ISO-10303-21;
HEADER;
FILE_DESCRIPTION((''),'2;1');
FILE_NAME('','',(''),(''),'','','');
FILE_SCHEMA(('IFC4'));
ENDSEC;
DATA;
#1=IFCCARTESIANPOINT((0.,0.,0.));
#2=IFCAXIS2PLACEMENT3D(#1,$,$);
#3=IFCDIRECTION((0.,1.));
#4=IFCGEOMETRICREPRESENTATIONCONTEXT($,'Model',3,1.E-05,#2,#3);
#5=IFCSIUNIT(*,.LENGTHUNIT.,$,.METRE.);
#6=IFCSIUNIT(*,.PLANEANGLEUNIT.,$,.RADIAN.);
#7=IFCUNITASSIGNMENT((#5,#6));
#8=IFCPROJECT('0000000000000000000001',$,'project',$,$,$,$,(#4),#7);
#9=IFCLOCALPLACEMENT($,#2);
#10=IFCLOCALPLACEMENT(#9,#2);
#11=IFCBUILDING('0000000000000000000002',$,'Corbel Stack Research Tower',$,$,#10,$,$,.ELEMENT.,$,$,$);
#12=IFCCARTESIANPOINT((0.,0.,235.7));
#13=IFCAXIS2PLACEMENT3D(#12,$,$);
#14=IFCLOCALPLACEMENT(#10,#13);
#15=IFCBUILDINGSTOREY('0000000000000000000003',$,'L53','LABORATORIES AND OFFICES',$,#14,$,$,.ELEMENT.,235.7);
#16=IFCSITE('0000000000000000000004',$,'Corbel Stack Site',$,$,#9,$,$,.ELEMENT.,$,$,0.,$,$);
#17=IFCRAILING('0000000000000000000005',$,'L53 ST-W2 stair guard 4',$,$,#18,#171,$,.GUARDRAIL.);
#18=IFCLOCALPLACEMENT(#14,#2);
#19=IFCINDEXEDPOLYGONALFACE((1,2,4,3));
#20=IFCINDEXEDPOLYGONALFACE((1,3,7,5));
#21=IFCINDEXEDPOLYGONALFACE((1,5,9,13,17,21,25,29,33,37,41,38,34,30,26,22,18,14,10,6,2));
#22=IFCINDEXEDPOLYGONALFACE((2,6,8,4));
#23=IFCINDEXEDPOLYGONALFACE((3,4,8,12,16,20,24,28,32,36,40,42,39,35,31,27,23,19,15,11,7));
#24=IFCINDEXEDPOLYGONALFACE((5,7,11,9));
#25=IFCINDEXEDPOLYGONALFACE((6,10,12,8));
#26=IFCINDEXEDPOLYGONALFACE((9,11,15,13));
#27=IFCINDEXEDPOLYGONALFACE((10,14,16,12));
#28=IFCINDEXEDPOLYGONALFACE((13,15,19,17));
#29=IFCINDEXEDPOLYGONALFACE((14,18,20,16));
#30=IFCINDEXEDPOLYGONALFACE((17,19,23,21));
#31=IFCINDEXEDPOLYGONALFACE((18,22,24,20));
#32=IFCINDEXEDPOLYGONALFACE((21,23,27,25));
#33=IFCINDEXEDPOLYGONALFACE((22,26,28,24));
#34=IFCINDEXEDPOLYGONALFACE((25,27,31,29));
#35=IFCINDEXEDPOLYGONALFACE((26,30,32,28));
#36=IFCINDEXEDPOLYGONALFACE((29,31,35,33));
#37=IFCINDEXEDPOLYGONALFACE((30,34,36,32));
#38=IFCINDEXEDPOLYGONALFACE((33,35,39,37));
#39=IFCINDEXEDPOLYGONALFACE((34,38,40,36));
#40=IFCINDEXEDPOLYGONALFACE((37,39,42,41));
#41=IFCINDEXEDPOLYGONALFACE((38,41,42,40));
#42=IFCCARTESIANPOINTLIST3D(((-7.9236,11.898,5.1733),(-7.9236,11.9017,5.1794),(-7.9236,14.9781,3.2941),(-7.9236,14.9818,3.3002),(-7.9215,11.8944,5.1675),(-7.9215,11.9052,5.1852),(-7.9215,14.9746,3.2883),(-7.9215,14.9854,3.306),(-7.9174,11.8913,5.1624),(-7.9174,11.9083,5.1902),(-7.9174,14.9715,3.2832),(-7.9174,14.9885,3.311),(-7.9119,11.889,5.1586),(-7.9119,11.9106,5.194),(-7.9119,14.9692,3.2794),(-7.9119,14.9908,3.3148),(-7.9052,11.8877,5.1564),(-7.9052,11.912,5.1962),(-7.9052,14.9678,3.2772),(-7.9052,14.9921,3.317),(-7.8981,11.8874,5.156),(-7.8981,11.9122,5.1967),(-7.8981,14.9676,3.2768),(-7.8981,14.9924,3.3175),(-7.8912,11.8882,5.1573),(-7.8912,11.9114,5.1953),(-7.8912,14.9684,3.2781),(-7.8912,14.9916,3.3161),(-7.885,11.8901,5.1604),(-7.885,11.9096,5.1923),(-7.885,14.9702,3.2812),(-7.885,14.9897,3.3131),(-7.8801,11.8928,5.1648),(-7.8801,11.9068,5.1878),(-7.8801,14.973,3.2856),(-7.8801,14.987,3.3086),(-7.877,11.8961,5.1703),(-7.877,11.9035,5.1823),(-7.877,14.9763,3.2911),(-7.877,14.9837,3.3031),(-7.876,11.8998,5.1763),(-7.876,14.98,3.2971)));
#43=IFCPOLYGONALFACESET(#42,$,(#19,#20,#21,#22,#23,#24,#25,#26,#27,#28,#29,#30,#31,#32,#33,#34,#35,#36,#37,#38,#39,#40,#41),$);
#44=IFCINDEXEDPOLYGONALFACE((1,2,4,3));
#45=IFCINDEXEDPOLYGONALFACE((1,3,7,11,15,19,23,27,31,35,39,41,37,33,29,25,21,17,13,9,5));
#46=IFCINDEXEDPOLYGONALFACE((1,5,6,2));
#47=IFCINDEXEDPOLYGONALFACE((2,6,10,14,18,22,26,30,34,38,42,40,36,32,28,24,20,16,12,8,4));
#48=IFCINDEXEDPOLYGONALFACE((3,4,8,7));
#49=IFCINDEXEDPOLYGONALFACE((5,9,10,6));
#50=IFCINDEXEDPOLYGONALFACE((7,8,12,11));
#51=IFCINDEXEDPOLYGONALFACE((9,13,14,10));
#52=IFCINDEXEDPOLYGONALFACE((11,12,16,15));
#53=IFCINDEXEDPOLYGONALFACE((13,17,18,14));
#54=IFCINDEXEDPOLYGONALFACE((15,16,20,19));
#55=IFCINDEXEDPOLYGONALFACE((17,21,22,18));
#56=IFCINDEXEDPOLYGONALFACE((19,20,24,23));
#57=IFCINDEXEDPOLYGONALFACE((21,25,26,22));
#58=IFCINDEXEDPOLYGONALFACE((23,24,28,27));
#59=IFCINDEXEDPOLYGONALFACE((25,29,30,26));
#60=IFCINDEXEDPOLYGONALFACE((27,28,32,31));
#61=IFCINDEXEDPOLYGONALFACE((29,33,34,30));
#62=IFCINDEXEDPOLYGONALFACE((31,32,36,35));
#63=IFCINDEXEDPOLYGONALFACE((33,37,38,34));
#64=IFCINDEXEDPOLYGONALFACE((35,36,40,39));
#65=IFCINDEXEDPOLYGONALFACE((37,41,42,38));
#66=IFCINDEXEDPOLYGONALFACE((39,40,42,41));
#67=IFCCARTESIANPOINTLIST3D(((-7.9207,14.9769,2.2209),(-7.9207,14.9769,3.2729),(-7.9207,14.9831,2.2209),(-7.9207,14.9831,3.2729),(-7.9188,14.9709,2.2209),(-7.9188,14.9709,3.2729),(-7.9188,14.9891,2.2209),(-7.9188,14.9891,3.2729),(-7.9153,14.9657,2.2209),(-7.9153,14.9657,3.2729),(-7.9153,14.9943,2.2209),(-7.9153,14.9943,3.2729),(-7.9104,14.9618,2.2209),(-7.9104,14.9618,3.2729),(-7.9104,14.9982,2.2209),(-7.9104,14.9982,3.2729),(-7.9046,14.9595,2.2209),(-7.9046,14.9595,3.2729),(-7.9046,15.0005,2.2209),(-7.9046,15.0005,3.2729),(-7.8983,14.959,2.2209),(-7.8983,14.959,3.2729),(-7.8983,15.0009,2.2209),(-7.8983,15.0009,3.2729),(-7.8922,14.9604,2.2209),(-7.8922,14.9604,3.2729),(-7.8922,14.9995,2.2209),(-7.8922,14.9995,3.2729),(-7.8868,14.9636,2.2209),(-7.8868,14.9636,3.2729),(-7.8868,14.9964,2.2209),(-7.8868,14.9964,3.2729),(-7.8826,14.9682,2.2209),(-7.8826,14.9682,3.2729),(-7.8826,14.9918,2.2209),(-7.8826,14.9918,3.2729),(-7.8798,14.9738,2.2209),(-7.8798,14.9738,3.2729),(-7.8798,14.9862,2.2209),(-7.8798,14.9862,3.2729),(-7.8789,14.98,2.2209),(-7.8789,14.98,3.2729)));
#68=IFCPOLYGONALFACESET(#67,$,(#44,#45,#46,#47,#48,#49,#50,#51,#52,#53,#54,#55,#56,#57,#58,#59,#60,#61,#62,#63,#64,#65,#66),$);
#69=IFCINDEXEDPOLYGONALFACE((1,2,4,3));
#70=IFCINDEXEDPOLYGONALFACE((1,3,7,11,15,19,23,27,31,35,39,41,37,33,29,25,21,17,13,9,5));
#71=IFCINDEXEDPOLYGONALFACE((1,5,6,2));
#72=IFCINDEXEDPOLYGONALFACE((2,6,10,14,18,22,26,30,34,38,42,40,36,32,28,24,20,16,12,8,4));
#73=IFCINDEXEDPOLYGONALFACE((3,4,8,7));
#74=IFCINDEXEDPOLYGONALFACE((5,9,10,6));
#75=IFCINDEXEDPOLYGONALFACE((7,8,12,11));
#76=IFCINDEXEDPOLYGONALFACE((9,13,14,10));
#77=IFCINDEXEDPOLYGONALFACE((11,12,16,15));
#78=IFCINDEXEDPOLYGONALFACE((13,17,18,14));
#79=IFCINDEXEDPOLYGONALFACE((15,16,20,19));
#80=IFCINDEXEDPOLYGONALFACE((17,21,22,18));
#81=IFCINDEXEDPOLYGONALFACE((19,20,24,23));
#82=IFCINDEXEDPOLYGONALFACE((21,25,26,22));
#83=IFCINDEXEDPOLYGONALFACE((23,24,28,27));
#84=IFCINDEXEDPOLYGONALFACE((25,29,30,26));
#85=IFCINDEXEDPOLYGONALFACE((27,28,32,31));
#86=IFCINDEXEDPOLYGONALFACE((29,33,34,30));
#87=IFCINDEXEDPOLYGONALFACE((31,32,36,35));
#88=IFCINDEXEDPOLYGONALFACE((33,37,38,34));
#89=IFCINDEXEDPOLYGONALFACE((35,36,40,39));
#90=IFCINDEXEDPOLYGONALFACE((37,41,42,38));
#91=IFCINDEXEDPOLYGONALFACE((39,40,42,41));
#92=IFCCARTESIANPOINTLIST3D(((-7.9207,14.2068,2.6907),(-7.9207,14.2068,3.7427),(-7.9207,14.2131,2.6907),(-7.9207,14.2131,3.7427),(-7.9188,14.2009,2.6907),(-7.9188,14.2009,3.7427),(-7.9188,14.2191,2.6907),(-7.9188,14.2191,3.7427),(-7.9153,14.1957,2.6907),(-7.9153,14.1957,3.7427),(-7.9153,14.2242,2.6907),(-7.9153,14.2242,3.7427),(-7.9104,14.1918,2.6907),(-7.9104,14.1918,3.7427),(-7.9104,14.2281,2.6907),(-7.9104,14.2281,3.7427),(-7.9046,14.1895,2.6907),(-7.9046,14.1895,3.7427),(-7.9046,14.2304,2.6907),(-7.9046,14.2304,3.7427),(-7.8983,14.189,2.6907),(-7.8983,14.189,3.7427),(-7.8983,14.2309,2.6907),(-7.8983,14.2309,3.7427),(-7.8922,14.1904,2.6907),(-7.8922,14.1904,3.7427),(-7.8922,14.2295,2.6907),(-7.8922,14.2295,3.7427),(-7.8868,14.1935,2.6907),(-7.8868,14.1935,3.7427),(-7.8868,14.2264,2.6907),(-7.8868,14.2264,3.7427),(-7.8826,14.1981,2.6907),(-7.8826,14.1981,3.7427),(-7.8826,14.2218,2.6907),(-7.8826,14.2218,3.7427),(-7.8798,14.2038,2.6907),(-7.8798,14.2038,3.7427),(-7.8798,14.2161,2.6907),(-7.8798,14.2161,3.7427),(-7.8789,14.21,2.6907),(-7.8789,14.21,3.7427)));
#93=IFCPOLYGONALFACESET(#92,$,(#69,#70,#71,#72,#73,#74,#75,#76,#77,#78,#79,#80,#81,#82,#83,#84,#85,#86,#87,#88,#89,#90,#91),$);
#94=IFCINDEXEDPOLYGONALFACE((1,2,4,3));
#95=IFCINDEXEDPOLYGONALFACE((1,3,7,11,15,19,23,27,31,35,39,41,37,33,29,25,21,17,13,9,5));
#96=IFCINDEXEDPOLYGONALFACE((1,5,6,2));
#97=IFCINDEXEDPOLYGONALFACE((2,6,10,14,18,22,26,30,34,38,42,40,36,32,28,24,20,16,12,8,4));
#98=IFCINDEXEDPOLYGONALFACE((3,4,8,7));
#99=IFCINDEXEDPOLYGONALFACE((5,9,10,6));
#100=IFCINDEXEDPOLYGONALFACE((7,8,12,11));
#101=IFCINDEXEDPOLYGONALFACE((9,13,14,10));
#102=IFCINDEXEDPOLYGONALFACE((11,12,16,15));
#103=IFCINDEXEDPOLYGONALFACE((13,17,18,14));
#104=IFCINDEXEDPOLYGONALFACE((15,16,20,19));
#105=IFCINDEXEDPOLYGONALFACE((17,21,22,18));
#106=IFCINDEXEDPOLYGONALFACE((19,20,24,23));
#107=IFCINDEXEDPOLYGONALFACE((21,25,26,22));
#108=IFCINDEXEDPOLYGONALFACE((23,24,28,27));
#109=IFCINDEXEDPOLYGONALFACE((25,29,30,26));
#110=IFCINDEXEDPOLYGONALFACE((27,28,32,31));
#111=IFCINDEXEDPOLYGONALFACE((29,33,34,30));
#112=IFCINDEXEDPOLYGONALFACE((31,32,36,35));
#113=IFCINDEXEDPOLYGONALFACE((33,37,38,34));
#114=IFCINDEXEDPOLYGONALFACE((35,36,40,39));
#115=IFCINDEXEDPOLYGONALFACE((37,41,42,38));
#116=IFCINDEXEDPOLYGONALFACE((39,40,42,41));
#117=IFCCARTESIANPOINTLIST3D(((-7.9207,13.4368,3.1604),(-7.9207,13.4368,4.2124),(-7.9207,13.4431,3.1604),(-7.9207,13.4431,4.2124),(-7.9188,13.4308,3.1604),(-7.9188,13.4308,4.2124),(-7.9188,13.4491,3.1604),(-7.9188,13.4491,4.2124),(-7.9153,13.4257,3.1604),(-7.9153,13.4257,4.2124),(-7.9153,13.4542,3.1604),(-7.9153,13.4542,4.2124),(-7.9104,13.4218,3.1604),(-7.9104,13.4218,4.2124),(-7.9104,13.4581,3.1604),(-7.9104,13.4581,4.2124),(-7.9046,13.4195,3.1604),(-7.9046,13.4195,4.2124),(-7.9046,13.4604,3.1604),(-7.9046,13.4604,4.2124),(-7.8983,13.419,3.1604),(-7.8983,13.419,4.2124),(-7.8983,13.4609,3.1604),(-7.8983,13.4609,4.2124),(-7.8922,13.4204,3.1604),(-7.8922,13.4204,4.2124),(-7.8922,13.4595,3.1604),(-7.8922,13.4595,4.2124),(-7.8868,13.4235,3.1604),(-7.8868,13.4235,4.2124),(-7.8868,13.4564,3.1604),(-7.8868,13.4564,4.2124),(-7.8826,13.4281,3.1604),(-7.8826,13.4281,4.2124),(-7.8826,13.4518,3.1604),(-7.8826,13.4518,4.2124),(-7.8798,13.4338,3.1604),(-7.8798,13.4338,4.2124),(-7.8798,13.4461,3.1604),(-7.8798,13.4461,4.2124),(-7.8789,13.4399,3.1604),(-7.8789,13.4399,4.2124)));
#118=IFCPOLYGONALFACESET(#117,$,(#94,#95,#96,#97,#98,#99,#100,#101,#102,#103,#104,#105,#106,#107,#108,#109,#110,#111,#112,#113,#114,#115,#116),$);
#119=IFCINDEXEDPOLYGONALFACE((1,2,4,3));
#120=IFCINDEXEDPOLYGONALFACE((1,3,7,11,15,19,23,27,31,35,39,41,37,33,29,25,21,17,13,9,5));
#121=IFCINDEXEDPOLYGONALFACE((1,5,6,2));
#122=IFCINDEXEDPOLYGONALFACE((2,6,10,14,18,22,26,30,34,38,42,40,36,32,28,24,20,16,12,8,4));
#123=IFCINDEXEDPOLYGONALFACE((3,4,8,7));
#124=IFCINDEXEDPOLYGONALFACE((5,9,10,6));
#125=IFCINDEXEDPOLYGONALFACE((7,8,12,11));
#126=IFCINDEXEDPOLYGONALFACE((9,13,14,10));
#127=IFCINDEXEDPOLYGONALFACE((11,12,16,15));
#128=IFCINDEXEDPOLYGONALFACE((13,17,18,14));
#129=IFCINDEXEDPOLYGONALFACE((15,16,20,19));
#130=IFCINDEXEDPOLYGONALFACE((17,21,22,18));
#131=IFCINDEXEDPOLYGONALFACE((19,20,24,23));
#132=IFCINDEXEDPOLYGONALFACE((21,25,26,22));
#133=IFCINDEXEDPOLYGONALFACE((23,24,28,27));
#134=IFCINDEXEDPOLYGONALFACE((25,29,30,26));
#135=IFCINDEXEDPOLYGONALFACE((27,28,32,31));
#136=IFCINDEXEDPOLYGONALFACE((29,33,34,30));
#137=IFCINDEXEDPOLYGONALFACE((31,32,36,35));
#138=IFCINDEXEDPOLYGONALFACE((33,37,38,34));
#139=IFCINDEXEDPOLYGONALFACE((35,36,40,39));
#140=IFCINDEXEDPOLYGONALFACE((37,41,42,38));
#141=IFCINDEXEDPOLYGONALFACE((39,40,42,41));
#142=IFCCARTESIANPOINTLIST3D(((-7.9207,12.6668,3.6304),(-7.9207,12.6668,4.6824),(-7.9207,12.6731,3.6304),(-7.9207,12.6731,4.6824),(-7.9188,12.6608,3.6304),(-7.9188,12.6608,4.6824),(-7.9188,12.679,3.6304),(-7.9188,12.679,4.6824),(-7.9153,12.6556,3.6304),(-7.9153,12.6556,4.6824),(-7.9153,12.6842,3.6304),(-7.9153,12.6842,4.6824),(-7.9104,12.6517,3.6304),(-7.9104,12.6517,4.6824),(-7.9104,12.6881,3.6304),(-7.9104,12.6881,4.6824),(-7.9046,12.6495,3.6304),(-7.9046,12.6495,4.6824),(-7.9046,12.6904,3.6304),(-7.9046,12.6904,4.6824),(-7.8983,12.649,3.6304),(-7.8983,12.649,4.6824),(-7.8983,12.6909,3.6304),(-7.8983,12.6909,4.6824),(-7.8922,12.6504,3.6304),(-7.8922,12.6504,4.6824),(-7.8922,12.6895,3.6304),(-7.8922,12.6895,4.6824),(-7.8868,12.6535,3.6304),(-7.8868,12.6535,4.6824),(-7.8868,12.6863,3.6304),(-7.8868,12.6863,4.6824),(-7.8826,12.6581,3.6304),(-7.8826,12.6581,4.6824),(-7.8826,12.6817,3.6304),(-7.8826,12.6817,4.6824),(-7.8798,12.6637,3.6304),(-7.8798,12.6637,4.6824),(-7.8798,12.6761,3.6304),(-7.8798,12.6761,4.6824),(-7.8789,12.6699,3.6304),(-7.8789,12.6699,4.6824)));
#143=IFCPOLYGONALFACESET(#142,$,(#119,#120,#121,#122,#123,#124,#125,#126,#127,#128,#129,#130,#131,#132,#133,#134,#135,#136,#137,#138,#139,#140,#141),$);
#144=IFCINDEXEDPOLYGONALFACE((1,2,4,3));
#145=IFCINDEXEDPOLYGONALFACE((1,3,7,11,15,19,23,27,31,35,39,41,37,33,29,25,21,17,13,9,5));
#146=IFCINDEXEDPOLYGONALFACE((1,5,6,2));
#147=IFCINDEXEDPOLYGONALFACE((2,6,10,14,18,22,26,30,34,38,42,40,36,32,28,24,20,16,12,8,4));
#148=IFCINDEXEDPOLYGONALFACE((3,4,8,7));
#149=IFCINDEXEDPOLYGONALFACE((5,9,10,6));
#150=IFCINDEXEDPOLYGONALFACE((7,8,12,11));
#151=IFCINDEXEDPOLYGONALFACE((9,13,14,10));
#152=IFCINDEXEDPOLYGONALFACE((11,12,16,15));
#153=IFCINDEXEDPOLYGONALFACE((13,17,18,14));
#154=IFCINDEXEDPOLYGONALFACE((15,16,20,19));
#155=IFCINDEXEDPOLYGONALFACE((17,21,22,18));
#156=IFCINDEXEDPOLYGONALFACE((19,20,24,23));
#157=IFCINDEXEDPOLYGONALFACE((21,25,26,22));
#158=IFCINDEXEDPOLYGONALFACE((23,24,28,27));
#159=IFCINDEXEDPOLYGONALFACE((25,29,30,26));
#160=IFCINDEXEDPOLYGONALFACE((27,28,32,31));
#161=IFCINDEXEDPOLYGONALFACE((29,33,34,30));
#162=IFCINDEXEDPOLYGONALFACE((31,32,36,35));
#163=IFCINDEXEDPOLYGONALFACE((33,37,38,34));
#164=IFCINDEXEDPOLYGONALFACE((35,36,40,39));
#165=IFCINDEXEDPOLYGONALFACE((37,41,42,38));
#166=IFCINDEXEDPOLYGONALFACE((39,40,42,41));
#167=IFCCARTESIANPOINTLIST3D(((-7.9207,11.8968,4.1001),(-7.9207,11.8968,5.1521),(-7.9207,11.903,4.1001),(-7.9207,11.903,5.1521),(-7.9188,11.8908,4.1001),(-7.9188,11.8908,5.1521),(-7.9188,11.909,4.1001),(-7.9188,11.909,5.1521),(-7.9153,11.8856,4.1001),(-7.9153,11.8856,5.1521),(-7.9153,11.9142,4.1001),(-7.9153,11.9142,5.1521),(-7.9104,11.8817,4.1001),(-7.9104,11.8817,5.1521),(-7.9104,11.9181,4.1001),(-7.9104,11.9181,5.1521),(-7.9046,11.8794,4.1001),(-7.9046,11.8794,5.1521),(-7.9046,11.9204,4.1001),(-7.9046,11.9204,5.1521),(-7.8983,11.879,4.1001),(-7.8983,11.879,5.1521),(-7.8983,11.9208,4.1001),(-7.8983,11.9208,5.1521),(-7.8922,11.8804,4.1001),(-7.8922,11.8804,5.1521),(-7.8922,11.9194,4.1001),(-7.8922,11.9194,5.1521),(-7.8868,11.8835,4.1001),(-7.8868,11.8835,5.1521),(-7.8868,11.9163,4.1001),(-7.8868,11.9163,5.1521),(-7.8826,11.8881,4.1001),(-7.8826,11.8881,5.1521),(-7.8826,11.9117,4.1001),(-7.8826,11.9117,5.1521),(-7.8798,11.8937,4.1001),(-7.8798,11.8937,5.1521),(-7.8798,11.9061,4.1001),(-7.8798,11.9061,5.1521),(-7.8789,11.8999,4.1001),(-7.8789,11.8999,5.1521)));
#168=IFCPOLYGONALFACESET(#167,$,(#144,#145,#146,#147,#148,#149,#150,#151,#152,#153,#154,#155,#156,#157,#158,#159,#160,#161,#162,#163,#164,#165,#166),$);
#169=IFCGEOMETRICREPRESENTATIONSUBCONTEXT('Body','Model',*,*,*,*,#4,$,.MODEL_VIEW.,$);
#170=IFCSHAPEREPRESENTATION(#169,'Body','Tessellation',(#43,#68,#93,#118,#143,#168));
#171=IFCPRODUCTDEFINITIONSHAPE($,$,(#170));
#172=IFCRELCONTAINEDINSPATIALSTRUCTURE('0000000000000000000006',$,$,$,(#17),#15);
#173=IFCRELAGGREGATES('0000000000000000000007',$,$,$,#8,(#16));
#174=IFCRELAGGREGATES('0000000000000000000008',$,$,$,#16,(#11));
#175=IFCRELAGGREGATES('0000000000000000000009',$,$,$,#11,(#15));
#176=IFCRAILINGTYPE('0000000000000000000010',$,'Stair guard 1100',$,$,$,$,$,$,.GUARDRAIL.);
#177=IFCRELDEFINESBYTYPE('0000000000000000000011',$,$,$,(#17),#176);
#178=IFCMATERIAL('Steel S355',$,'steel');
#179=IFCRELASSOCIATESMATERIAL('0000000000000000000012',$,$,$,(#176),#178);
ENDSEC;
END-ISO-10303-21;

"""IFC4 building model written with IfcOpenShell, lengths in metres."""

from ifc_helpers import new_model, si_unit, direction, frame, origin, origin_2d, place, context, subcontext, project, spatial, circle, extrude, material, type_object, element, save


model = new_model("IFC4")

# Units and contexts
model_context = context("Model", 3, precision=1e-05, world=origin(), true_north=direction((0.0, 1.0)))
body_context = subcontext(model_context, "Body", "Model", "MODEL_VIEW")
ifc_project = project(units=[si_unit("LENGTHUNIT", "METRE"), si_unit("PLANEANGLEUNIT", "RADIAN")], contexts=[model_context])

# Site, building, storey
site_placement = place(None, origin())
site = spatial("IfcSite", under=ifc_project, at=site_placement, Name="Corbel Stack Site", CompositionType="ELEMENT", RefElevation=0.0)
building_placement = place(site_placement, origin())
building = spatial("IfcBuilding", under=site, at=building_placement, Name="Corbel Stack Research Tower", CompositionType="ELEMENT")
storey_placement = place(building_placement, frame((0.0, 0.0, 235.7)))
storey = spatial("IfcBuildingStorey", under=building, at=storey_placement, Name="L53", Description="LABORATORIES AND OFFICES", CompositionType="ELEMENT", Elevation=235.7)

# Railing
ifc_material_1 = material(Name="Steel S355", Category="steel")
railing_type = type_object("IfcRailingType", Name="Stair guard 1100", PredefinedType="GUARDRAIL", material=ifc_material_1)
railing_1_placement = place(storey_placement, frame((-7.8999, 14.98, 2.2209)))
element("IfcRailing", 1, at=railing_1_placement, inside=storey, type_object=railing_type, Name="L53 ST-W2 stair guard 4", PredefinedType="GUARDRAIL", context=body_context, shape_type="SweptSolid", body=[
    extrude(circle(Radius=0.0239, at=origin_2d()), frame((0.0, 0.0, 1.0762), z_axis=(0.0, -0.853666, 0.52082), x_axis=(1.0, 0.0, 0.0)), (0.0, 0.0, 1.0), 3.6082),
    extrude(circle(Radius=0.021, at=origin_2d()), origin(), (0.0, 0.0, 1.0), 1.052),
    extrude(circle(Radius=0.021, at=origin_2d()), frame((0.0, -0.77, 0.4697)), (0.0, 0.0, 1.0), 1.052),
    extrude(circle(Radius=0.021, at=origin_2d()), frame((0.0, -1.54, 0.9395)), (0.0, 0.0, 1.0), 1.052),
    extrude(circle(Radius=0.021, at=origin_2d()), frame((0.0, -2.3101, 1.4094)), (0.0, 0.0, 1.0), 1.052),
    extrude(circle(Radius=0.021, at=origin_2d()), frame((0.0, -3.0801, 1.8792)), (0.0, 0.0, 1.0), 1.052),
])

save(model, "model.ifc")
